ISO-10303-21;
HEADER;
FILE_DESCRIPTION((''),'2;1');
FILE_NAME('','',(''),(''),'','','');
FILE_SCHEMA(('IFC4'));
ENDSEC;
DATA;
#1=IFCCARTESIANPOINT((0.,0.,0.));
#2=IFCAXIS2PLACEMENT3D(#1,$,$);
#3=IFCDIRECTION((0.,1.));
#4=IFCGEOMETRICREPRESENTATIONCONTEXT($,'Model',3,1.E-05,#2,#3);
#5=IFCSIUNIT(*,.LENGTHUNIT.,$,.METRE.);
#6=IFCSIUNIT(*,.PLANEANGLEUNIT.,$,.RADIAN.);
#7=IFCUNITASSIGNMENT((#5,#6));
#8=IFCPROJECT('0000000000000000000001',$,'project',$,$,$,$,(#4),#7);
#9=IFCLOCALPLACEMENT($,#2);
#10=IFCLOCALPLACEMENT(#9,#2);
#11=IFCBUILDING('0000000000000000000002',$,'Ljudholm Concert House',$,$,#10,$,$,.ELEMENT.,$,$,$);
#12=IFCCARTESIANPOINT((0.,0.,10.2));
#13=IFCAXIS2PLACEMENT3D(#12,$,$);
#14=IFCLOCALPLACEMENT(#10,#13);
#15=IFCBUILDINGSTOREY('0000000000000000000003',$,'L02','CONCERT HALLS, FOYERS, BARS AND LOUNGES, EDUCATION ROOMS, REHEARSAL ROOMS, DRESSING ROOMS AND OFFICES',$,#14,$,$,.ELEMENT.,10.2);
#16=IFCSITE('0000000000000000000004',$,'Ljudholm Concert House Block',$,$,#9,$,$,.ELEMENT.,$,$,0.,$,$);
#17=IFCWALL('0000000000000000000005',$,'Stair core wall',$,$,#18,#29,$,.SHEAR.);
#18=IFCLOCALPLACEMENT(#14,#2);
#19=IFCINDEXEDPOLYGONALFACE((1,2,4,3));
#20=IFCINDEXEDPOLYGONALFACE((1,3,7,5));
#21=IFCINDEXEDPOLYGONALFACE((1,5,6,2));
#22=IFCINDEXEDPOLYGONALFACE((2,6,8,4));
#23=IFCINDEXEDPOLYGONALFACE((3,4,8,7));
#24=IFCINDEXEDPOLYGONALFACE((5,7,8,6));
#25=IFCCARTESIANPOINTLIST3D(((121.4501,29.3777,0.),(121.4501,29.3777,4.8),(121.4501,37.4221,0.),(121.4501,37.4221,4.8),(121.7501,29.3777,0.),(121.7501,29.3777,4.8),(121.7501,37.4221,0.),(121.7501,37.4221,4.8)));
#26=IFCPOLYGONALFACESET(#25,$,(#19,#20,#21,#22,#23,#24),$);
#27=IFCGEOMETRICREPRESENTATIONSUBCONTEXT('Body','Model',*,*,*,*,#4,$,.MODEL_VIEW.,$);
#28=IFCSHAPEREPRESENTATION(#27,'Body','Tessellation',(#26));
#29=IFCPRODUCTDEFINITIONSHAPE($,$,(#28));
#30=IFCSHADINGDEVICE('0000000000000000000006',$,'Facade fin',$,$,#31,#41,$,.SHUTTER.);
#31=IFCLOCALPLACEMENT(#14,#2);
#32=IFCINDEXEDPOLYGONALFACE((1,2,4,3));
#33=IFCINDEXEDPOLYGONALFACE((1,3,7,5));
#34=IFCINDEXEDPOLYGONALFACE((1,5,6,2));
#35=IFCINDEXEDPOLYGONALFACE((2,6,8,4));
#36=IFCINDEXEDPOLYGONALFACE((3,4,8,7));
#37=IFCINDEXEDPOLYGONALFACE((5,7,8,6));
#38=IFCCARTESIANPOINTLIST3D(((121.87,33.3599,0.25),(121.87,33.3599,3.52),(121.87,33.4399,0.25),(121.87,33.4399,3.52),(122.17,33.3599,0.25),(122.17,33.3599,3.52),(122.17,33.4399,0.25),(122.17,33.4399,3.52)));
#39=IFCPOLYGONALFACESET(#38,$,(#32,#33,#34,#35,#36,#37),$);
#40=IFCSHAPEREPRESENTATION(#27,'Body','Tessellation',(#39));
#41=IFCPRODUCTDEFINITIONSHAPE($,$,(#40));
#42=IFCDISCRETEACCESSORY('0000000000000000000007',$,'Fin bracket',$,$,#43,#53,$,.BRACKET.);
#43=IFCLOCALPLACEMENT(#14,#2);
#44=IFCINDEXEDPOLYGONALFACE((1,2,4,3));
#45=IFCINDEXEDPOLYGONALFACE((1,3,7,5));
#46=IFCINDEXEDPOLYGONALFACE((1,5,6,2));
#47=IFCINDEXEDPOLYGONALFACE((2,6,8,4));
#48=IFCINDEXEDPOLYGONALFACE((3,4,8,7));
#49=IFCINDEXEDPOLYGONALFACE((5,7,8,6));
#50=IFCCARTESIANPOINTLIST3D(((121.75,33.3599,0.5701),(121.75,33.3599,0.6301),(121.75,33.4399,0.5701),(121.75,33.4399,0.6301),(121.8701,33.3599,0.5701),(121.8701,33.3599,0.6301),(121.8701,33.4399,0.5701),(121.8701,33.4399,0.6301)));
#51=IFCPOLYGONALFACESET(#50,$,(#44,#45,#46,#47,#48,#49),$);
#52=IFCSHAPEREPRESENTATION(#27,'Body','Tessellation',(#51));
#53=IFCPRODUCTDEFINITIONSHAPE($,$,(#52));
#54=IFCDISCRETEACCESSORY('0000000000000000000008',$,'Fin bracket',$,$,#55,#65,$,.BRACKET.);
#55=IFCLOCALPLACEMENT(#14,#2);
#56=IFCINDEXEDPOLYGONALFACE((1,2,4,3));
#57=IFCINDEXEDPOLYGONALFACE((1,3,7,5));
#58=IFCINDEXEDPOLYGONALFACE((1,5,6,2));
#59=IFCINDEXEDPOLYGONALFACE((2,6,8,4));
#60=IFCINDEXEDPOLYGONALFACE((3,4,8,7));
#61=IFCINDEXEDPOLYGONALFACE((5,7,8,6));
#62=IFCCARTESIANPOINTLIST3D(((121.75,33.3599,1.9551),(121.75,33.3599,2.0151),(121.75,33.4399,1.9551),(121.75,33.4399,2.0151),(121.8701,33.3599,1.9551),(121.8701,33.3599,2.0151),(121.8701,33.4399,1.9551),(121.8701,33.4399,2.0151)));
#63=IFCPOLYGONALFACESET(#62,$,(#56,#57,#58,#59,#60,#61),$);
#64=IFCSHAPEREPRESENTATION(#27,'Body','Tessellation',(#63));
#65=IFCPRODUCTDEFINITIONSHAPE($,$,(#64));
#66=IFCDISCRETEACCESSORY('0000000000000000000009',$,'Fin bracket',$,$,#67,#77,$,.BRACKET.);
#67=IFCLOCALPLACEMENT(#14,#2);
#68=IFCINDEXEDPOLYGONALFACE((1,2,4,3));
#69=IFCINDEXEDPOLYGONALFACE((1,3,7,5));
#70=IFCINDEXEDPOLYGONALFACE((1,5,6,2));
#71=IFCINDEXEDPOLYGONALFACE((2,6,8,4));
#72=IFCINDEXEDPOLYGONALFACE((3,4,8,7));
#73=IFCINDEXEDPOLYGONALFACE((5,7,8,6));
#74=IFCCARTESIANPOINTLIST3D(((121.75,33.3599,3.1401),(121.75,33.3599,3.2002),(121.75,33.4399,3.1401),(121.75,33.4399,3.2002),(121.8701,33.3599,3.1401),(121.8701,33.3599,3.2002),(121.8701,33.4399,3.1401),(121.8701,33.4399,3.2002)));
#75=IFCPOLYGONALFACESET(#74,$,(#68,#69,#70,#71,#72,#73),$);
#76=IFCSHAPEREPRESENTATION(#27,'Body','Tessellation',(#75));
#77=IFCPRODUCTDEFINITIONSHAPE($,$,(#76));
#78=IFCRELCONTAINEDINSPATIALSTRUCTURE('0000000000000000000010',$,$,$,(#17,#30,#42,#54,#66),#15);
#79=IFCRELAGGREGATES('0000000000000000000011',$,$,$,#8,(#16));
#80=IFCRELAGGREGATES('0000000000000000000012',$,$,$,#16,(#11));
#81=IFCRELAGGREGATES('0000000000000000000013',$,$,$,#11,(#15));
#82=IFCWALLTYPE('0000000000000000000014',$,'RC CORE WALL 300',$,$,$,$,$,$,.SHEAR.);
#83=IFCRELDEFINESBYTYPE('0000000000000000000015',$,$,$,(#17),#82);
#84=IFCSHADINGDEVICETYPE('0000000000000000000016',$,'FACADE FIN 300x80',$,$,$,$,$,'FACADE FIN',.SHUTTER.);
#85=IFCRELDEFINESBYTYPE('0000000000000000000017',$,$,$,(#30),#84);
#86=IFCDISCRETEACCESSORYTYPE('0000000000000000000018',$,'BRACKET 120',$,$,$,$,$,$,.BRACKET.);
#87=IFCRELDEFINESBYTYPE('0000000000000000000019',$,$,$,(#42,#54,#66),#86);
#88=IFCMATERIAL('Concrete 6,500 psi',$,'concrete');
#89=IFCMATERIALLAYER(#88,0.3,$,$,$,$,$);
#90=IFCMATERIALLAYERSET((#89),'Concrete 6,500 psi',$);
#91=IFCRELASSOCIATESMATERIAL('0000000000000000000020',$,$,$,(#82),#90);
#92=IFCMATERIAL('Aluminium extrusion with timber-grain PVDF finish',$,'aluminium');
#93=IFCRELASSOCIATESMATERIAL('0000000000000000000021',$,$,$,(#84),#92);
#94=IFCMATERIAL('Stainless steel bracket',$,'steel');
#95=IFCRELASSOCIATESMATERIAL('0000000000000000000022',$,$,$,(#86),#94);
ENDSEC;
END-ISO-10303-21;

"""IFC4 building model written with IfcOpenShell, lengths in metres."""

from ifc_helpers import new_model, si_unit, direction, frame, frame_2d, origin, origin_2d, place, context, subcontext, project, spatial, rectangle, extrude, material, layer, layer_set, type_object, element, save


model = new_model("IFC4")

# Units and contexts
model_context = context("Model", 3, precision=1e-05, world=origin(), true_north=direction((0.0, 1.0)))
body_context = subcontext(model_context, "Body", "Model", "MODEL_VIEW")
ifc_project = project(units=[si_unit("LENGTHUNIT", "METRE"), si_unit("PLANEANGLEUNIT", "RADIAN")], contexts=[model_context])

# Site, building, storey
site_placement = place(None, origin())
site = spatial("IfcSite", under=ifc_project, at=site_placement, Name="Ljudholm Concert House Block", CompositionType="ELEMENT", RefElevation=0.0)
building_placement = place(site_placement, origin())
building = spatial("IfcBuilding", under=site, at=building_placement, Name="Ljudholm Concert House", CompositionType="ELEMENT")
storey_placement = place(building_placement, frame((0.0, 0.0, 10.2)))
storey = spatial("IfcBuildingStorey", under=building, at=storey_placement, Name="L02", Description="CONCERT HALLS, FOYERS, BARS AND LOUNGES, EDUCATION ROOMS, REHEARSAL ROOMS, DRESSING ROOMS AND OFFICES", CompositionType="ELEMENT", Elevation=10.2)

# Wall
ifc_material_1 = material(Name="Concrete 6,500 psi", Category="concrete")
ifc_layer_1 = layer(ifc_material_1, 0.3)
ifc_layer_set_1 = layer_set([ifc_layer_1], Name="Concrete 6,500 psi")
wall_type_1 = type_object("IfcWallType", Name="RC CORE WALL 300", PredefinedType="SHEAR", material=ifc_layer_set_1)
wall_1_placement = place(storey_placement, frame((121.6001, 29.3777, 0.0), z_axis=(0.0, 0.0, 1.0), x_axis=(0.0, 1.0, 0.0)))
element("IfcWall", 1, at=wall_1_placement, inside=storey, type_object=wall_type_1, Name="Stair core wall", PredefinedType="SHEAR", context=body_context, shape_type="SweptSolid", body=[
    extrude(rectangle(XDim=8.0444, YDim=0.3, at=frame_2d((4.0222, 0.0))), origin(), (0.0, 0.0, 1.0), 4.8),
])

# Shading device
ifc_material_2 = material(Name="Aluminium extrusion with timber-grain PVDF finish", Category="aluminium")
shading_device_type = type_object("IfcShadingDeviceType", Name="FACADE FIN 300x80", ElementType="FACADE FIN", PredefinedType="SHUTTER", material=ifc_material_2)
shading_device_placement = place(storey_placement, frame((122.02, 33.3999, 0.25), z_axis=(0.0, 0.0, 1.0), x_axis=(1.0, 0.0, 0.0)))
element("IfcShadingDevice", 2, at=shading_device_placement, inside=storey, type_object=shading_device_type, Name="Facade fin", PredefinedType="SHUTTER", context=body_context, shape_type="SweptSolid", body=[
    extrude(rectangle(XDim=0.3, YDim=0.0801, at=origin_2d()), origin(), (0.0, 0.0, 1.0), 3.27),
])

# Discrete accessories
ifc_material_3 = material(Name="Stainless steel bracket", Category="steel")
discrete_accessory_type = type_object("IfcDiscreteAccessoryType", Name="BRACKET 120", PredefinedType="BRACKET", material=ifc_material_3)
for number, where, z_axis, x_axis, name in (
    (3, (121.8101, 33.3999, 0.5701), (0.0, 0.0, 1.0), (1.0, 0.0, 0.0), "Fin bracket"),
    (4, (121.8101, 33.3999, 1.9551), (0.0, 0.0, 1.0), (1.0, 0.0, 0.0), "Fin bracket"),
    (5, (121.8101, 33.3999, 3.1401), (0.0, 0.0, 1.0), (1.0, 0.0, 0.0), "Fin bracket"),
):
    element("IfcDiscreteAccessory", number, at=place(storey_placement, frame(where, z_axis=z_axis, x_axis=x_axis)), inside=storey, type_object=discrete_accessory_type, Name=name, PredefinedType="BRACKET", context=body_context, shape_type="SweptSolid", body=[
        extrude(rectangle(XDim=0.1201, YDim=0.0801, at=origin_2d()), origin(), (0.0, 0.0, 1.0), 0.0601),
    ])

save(model, "model.ifc")
